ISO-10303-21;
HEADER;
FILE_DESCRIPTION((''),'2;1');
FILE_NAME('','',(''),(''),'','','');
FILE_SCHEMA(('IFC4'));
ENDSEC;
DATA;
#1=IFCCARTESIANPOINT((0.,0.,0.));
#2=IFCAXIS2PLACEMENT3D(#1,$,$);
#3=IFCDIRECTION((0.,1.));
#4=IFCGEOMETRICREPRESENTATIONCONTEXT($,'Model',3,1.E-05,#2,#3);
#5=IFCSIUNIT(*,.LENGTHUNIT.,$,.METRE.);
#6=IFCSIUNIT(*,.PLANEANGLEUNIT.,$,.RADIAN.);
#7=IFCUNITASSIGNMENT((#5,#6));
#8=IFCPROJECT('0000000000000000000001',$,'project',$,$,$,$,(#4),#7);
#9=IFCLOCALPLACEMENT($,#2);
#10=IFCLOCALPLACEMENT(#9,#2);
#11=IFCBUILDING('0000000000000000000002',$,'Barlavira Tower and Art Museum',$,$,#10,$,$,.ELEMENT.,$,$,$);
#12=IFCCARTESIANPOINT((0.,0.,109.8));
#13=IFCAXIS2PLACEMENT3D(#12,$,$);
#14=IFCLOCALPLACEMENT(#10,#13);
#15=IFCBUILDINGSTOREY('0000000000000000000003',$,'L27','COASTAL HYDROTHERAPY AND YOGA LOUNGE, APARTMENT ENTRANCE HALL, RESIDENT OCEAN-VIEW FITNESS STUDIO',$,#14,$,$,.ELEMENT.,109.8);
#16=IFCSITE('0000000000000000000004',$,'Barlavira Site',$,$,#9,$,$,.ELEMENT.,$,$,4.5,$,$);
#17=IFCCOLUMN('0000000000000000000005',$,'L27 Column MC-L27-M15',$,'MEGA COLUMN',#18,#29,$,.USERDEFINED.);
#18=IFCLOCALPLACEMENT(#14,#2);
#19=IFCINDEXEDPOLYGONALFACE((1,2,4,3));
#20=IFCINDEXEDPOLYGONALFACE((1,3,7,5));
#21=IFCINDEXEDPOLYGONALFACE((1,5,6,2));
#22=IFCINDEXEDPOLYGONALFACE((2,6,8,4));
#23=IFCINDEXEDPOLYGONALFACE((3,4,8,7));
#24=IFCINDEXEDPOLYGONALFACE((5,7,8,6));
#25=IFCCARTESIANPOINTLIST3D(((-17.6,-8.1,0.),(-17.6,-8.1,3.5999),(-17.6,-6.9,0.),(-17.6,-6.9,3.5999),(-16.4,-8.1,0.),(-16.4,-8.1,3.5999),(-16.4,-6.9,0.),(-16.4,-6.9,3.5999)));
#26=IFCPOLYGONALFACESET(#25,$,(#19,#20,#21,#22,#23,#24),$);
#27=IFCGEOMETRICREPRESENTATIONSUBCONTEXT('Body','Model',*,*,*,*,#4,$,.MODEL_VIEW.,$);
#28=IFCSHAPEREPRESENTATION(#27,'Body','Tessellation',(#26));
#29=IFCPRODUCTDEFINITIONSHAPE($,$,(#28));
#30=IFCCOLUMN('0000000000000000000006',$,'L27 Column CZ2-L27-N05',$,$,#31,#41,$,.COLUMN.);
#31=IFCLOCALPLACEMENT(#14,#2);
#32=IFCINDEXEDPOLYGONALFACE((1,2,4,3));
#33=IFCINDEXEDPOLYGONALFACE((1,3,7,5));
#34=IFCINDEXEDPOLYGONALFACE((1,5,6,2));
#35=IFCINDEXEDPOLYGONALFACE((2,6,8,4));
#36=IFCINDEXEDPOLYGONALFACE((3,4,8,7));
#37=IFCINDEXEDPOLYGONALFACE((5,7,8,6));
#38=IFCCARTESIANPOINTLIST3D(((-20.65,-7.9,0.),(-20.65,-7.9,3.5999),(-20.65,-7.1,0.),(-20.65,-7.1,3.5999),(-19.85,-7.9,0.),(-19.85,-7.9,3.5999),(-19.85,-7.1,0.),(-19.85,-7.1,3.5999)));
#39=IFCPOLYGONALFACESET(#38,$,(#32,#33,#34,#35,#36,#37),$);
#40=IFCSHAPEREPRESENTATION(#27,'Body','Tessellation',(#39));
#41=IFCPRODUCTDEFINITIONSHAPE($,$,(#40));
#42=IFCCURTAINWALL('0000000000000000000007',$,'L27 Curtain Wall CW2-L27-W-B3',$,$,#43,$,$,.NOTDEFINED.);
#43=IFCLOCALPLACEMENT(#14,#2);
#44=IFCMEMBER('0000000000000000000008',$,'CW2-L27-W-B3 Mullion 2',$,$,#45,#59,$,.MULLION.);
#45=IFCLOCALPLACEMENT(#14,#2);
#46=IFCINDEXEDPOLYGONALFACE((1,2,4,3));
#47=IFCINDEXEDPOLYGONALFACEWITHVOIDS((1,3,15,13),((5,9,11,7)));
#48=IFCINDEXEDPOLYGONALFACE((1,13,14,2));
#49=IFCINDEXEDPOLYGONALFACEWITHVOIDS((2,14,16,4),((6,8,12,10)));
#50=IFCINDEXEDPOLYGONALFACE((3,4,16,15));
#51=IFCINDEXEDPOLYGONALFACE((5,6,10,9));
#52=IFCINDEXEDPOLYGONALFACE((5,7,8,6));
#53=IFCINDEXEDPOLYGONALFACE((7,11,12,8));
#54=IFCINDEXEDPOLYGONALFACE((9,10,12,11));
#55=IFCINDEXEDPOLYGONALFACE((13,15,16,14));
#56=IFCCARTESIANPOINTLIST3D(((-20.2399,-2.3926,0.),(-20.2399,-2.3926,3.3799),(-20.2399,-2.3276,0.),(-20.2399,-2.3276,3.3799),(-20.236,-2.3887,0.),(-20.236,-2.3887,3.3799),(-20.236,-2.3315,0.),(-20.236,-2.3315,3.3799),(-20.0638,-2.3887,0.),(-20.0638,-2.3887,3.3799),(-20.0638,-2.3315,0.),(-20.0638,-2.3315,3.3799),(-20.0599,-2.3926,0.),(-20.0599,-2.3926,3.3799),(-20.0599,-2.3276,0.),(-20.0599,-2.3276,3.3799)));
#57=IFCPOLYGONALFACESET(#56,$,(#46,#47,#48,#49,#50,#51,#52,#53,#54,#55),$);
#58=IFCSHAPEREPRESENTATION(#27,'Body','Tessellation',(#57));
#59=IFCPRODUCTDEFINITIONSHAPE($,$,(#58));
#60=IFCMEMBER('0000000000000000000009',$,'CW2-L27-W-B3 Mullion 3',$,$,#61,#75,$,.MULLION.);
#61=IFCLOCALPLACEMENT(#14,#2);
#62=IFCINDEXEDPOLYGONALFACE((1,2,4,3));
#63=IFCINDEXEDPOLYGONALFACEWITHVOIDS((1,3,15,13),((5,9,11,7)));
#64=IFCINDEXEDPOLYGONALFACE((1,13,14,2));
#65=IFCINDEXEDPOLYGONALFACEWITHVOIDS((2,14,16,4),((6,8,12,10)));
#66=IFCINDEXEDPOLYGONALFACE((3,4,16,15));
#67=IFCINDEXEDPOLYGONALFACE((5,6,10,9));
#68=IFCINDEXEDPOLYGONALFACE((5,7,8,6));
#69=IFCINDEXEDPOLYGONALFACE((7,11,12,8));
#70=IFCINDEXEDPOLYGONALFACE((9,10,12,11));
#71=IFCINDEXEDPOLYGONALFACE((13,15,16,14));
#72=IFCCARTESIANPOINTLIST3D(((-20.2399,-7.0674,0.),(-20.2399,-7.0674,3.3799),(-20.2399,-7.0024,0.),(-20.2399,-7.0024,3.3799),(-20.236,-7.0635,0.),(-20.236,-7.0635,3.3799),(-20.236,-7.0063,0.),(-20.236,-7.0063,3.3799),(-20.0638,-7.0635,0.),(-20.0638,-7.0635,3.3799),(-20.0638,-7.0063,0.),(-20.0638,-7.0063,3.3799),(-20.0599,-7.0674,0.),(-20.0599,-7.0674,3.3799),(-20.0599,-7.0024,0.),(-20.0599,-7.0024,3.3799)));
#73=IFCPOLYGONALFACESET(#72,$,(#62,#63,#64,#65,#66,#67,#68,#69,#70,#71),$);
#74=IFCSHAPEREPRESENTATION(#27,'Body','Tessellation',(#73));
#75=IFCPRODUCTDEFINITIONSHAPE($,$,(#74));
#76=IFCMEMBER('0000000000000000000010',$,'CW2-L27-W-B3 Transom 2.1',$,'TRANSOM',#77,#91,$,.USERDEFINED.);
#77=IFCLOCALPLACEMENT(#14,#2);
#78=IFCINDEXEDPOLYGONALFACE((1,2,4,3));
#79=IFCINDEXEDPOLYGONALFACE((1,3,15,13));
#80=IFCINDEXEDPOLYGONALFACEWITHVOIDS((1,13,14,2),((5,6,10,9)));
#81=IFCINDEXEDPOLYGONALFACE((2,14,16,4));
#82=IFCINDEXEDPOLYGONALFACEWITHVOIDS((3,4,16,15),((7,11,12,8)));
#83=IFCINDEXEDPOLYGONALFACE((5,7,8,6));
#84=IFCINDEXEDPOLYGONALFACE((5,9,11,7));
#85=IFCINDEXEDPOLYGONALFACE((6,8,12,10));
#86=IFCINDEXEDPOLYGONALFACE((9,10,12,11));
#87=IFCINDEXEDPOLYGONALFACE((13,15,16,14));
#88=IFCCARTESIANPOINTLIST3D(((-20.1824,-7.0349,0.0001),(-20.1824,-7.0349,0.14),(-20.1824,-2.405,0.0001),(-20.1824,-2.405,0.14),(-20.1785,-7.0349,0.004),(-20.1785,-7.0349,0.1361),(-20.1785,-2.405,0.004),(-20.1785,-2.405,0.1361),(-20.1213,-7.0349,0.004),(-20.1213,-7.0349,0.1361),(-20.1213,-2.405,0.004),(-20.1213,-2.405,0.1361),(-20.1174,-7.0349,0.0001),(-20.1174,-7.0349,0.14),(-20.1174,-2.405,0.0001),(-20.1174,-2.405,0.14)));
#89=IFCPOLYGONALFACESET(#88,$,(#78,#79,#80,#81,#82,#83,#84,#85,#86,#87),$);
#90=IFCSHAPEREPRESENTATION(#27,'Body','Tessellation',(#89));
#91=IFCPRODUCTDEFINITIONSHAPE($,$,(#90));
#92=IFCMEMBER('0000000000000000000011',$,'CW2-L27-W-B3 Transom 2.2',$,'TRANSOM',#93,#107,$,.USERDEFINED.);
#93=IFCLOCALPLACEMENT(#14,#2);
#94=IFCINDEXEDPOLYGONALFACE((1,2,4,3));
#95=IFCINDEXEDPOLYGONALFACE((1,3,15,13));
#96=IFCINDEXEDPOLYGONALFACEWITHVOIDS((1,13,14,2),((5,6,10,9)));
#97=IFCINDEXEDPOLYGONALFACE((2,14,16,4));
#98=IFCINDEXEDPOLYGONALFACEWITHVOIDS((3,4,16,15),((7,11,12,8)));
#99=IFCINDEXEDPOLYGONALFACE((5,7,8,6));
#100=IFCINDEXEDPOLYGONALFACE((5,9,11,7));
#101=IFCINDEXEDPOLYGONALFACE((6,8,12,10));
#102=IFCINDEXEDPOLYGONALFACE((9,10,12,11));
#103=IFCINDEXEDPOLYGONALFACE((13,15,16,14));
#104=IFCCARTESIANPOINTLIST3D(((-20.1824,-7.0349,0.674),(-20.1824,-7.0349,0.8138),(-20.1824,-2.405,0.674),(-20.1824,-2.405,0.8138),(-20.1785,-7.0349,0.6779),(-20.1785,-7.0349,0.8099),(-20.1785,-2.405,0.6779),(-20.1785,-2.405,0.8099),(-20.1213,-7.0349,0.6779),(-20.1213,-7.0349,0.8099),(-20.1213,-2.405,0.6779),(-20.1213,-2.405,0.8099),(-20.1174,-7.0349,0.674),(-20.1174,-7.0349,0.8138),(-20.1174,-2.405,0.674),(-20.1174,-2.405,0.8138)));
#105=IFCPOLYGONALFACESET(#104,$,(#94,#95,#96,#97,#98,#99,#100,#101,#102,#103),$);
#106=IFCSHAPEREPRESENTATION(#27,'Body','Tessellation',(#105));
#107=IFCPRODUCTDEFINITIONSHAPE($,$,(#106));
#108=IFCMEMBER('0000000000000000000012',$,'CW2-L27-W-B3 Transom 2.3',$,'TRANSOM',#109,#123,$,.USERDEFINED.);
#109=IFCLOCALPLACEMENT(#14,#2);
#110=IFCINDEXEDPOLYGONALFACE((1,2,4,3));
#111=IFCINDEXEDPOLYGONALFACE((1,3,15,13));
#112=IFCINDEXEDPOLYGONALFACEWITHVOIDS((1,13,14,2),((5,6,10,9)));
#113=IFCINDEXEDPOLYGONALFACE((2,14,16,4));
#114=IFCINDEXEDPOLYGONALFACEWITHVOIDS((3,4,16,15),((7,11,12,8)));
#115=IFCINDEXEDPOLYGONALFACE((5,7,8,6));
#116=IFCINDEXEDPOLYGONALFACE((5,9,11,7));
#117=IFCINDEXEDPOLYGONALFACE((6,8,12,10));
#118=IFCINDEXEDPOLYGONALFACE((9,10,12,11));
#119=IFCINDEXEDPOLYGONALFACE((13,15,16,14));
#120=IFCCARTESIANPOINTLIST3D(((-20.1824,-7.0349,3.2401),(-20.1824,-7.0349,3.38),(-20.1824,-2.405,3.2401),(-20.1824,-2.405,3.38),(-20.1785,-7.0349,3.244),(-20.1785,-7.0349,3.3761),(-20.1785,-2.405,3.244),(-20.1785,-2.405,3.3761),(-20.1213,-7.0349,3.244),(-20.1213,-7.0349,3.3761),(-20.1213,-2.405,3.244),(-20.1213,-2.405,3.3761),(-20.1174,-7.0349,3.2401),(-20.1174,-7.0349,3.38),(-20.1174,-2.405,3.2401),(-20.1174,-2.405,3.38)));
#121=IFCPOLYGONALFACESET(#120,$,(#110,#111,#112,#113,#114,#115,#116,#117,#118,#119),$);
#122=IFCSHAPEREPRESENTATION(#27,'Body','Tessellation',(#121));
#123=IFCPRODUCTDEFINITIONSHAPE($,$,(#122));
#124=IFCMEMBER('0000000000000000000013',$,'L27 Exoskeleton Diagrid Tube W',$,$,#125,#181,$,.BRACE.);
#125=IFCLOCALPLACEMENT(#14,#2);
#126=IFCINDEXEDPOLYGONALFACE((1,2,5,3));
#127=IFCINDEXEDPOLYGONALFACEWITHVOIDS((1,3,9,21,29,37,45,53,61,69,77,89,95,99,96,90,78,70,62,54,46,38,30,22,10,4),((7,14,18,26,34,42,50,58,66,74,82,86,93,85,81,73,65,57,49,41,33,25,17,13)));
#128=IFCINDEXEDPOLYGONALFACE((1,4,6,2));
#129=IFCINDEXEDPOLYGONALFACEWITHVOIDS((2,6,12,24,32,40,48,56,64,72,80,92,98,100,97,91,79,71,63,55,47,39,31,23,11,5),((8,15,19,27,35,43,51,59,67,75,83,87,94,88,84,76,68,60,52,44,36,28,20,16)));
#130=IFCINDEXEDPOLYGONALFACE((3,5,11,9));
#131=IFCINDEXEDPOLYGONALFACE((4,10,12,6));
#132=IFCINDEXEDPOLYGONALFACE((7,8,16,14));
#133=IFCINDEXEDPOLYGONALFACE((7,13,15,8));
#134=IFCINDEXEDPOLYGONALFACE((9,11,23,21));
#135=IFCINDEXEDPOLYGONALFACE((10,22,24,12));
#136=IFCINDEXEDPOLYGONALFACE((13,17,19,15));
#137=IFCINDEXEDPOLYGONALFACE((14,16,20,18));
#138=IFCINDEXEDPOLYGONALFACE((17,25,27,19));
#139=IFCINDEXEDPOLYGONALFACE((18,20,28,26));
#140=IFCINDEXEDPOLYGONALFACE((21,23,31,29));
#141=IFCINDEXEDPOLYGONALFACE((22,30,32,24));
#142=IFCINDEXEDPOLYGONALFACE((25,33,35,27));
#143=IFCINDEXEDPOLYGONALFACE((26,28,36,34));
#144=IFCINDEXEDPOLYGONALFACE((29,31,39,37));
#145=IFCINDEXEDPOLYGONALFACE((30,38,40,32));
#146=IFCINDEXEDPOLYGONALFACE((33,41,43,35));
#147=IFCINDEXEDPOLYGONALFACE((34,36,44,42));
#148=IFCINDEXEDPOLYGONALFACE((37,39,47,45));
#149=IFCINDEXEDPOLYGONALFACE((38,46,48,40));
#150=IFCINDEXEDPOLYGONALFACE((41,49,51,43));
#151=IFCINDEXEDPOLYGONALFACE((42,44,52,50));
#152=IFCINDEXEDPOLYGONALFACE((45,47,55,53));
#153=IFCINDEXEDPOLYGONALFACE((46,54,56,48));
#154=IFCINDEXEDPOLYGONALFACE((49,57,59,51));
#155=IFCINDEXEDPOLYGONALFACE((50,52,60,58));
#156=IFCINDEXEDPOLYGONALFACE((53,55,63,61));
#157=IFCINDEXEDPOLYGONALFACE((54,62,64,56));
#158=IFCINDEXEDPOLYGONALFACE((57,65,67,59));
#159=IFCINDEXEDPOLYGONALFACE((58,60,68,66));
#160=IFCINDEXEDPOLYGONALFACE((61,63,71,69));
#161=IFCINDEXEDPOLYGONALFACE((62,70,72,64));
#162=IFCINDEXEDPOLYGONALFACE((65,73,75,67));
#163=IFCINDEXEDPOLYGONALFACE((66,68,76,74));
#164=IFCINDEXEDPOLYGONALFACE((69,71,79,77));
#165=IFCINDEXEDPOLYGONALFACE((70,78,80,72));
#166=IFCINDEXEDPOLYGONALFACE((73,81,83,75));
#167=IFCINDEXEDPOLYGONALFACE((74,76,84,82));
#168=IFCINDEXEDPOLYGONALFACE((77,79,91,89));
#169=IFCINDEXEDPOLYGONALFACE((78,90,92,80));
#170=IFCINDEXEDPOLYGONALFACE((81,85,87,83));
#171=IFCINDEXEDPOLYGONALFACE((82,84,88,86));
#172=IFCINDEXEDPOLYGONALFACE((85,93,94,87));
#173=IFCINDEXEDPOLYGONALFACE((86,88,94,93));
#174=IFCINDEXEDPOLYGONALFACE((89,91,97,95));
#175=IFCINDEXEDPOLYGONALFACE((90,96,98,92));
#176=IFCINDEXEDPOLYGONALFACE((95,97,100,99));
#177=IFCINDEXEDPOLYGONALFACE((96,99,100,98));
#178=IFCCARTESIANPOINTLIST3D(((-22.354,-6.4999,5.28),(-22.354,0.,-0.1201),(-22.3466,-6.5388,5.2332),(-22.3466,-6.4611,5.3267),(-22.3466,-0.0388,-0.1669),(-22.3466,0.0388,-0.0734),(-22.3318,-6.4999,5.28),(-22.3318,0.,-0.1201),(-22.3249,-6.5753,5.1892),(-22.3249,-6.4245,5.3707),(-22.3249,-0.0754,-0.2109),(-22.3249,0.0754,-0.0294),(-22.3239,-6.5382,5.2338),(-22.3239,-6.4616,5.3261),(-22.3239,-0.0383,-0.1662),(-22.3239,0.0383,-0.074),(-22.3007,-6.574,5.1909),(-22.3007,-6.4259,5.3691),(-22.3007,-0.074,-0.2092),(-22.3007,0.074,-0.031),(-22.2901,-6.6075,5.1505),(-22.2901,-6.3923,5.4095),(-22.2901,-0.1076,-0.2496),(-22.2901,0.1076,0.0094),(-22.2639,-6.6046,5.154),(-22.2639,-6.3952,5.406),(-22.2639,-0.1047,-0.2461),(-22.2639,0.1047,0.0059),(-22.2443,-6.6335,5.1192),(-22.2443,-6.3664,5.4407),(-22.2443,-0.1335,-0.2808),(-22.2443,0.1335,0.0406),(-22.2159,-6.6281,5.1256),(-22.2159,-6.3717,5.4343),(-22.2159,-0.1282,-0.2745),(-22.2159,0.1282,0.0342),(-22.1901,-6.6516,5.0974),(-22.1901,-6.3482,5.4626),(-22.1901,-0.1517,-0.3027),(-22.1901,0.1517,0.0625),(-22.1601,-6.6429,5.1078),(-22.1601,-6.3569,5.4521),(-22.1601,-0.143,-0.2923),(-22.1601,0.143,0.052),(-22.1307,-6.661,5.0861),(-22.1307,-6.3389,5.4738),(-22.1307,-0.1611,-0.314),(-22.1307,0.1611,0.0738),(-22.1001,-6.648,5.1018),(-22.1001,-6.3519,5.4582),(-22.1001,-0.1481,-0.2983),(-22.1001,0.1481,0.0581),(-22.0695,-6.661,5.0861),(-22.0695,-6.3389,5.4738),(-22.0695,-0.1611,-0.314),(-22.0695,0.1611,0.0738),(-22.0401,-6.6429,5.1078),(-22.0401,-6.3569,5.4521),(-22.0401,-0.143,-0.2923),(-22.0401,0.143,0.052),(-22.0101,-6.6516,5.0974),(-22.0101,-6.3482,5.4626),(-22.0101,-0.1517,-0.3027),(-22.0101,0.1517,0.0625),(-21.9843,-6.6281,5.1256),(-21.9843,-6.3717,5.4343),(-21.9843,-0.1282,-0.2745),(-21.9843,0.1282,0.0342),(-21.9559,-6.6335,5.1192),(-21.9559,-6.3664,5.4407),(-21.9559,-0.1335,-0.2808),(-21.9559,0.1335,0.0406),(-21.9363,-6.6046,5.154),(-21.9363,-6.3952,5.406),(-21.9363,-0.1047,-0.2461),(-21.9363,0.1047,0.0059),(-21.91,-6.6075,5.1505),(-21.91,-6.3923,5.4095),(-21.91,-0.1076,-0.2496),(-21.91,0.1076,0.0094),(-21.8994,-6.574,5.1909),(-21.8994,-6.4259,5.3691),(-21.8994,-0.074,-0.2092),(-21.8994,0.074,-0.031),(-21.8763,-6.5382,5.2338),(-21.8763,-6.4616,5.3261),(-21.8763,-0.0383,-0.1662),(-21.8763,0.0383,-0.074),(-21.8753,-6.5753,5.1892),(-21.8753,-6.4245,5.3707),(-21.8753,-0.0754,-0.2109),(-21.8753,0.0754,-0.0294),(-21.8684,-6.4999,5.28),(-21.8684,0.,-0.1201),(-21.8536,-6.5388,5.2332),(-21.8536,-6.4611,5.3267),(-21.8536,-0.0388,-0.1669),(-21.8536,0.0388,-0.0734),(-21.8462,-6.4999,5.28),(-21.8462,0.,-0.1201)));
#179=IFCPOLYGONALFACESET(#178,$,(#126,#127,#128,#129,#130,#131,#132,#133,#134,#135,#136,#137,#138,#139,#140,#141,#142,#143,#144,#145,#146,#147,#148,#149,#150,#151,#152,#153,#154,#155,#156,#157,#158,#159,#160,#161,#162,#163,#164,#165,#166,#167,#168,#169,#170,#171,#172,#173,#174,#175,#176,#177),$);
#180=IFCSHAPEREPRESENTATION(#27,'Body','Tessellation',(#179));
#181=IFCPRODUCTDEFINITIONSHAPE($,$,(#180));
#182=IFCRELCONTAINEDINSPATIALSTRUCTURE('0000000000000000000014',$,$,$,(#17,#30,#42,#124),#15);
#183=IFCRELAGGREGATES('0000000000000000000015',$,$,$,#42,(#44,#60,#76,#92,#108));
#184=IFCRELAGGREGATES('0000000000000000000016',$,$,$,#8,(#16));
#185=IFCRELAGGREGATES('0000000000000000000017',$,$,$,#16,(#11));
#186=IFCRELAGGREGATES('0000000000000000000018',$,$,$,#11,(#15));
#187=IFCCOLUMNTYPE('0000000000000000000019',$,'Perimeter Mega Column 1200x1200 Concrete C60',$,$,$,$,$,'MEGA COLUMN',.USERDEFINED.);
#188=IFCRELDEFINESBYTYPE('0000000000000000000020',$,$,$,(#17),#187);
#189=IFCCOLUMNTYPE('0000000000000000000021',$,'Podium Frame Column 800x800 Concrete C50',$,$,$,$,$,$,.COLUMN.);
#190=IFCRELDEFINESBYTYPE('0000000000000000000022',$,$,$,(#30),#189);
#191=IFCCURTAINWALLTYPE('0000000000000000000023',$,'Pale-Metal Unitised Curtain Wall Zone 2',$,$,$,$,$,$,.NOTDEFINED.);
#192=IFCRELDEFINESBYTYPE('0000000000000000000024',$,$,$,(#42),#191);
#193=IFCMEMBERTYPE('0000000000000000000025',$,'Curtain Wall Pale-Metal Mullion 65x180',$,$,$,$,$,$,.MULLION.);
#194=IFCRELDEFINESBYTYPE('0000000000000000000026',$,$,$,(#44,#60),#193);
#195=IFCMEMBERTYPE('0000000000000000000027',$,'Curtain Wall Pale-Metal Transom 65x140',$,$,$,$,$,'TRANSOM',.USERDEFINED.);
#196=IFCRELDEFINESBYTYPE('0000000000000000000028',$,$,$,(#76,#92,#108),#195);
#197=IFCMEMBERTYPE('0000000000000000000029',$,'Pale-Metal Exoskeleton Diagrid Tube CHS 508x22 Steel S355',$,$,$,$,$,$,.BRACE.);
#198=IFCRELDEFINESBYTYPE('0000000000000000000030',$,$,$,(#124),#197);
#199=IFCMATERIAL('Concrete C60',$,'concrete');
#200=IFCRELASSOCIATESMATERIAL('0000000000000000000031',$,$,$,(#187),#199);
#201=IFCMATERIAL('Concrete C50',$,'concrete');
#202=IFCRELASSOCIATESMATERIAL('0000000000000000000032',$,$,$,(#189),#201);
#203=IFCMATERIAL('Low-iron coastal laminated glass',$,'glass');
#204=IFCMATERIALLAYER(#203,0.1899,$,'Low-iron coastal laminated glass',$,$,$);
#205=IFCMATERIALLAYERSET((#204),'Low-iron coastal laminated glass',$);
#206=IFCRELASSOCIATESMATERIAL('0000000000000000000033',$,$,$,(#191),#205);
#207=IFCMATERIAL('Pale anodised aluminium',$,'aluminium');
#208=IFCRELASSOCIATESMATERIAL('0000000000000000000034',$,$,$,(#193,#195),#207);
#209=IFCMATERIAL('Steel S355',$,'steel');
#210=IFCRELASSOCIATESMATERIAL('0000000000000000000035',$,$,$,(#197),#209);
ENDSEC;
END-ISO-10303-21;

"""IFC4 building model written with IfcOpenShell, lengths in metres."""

from ifc_helpers import new_model, si_unit, direction, frame, origin, origin_2d, place, context, subcontext, project, spatial, rectangle, hollow_rectangle, hollow_circle, extrude, material, layer, layer_set, material_profile, profile_set, type_object, element, aggregate, save


model = new_model("IFC4")

# Units and contexts
model_context = context("Model", 3, precision=1e-05, world=origin(), true_north=direction((0.0, 1.0)))
body_context = subcontext(model_context, "Body", "Model", "MODEL_VIEW")
ifc_project = project(units=[si_unit("LENGTHUNIT", "METRE"), si_unit("PLANEANGLEUNIT", "RADIAN")], contexts=[model_context])

# Site, building, storey
site_placement = place(None, origin())
site = spatial("IfcSite", under=ifc_project, at=site_placement, Name="Barlavira Site", CompositionType="ELEMENT", RefElevation=4.5)
building_placement = place(site_placement, origin())
building = spatial("IfcBuilding", under=site, at=building_placement, Name="Barlavira Tower and Art Museum", CompositionType="ELEMENT")
storey_placement = place(building_placement, frame((0.0, 0.0, 109.8)))
storey = spatial("IfcBuildingStorey", under=building, at=storey_placement, Name="L27", Description="COASTAL HYDROTHERAPY AND YOGA LOUNGE, APARTMENT ENTRANCE HALL, RESIDENT OCEAN-VIEW FITNESS STUDIO", CompositionType="ELEMENT", Elevation=109.8)

# Columns
ifc_material_1 = material(Name="Concrete C60", Category="concrete")
ifc_material_profile_1 = material_profile(ifc_material_1, rectangle(XDim=1.2, YDim=1.2, at=origin_2d()), Name="RC-COL 1200x1200")
ifc_profile_set_1 = profile_set([ifc_material_profile_1], Name="Concrete C60")
column_type_1 = type_object("IfcColumnType", Name="Perimeter Mega Column 1200x1200 Concrete C60", ElementType="MEGA COLUMN", PredefinedType="USERDEFINED", material=ifc_profile_set_1)
column_1_placement = place(storey_placement, frame((-17.0, -7.5, 0.0), z_axis=(0.0, 0.0, 1.0), x_axis=(1.0, 0.0, 0.0)))
element("IfcColumn", 1, at=column_1_placement, inside=storey, type_object=column_type_1, Name="L27 Column MC-L27-M15", ObjectType="MEGA COLUMN", PredefinedType="USERDEFINED", context=body_context, shape_type="SweptSolid", body=[
    extrude(rectangle(XDim=1.2, YDim=1.2, at=origin_2d()), origin(), (0.0, 0.0, 1.0), 3.5999),
])
ifc_material_2 = material(Name="Concrete C50", Category="concrete")
ifc_material_profile_2 = material_profile(ifc_material_2, rectangle(XDim=0.8, YDim=0.8, at=origin_2d()), Name="RC-COL 800x800")
ifc_profile_set_2 = profile_set([ifc_material_profile_2], Name="Concrete C50")
column_type_2 = type_object("IfcColumnType", Name="Podium Frame Column 800x800 Concrete C50", PredefinedType="COLUMN", material=ifc_profile_set_2)
column_2_placement = place(storey_placement, frame((-20.25, -7.5, 0.0), z_axis=(0.0, 0.0, 1.0), x_axis=(1.0, 0.0, 0.0)))
element("IfcColumn", 2, at=column_2_placement, inside=storey, type_object=column_type_2, Name="L27 Column CZ2-L27-N05", PredefinedType="COLUMN", context=body_context, shape_type="SweptSolid", body=[
    extrude(rectangle(XDim=0.8, YDim=0.8, at=origin_2d()), origin(), (0.0, 0.0, 1.0), 3.5999),
])

# Curtain wall, members
ifc_material_3 = material(Name="Low-iron coastal laminated glass", Category="glass")
ifc_layer_1 = layer(ifc_material_3, 0.1899, Name="Low-iron coastal laminated glass")
ifc_layer_set_1 = layer_set([ifc_layer_1], Name="Low-iron coastal laminated glass")
curtain_wall_type = type_object("IfcCurtainWallType", Name="Pale-Metal Unitised Curtain Wall Zone 2", PredefinedType="NOTDEFINED", material=ifc_layer_set_1)
curtain_wall_placement = place(storey_placement, origin())
curtain_wall = element("IfcCurtainWall", 3, at=curtain_wall_placement, inside=storey, type_object=curtain_wall_type, Name="L27 Curtain Wall CW2-L27-W-B3", PredefinedType="NOTDEFINED")
ifc_material_4 = material(Name="Pale anodised aluminium", Category="aluminium")
ifc_material_profile_3 = material_profile(ifc_material_4, hollow_rectangle(XDim=0.0649, YDim=0.1799, WallThickness=0.0039, at=origin_2d()), Name="ALU-MULL 65x180x4")
ifc_profile_set_3 = profile_set([ifc_material_profile_3], Name="Pale anodised aluminium")
member_type_1 = type_object("IfcMemberType", Name="Curtain Wall Pale-Metal Mullion 65x180", PredefinedType="MULLION", material=ifc_profile_set_3)
member_1_placement = place(storey_placement, frame((-20.1499, -2.3601, 0.0), z_axis=(0.0, 0.0, 1.0), x_axis=(0.0, -1.0, 0.0)))
member_1 = element("IfcMember", 4, at=member_1_placement, type_object=member_type_1, Name="CW2-L27-W-B3 Mullion 2", PredefinedType="MULLION", context=body_context, shape_type="SweptSolid", body=[
    extrude(hollow_rectangle(XDim=0.0649, YDim=0.1799, WallThickness=0.0039, at=origin_2d()), origin(), (0.0, 0.0, 1.0), 3.3799),
])
member_2_placement = place(storey_placement, frame((-20.1499, -7.0349, 0.0), z_axis=(0.0, 0.0, 1.0), x_axis=(0.0, -1.0, 0.0)))
member_2 = element("IfcMember", 5, at=member_2_placement, type_object=member_type_1, Name="CW2-L27-W-B3 Mullion 3", PredefinedType="MULLION", context=body_context, shape_type="SweptSolid", body=[
    extrude(hollow_rectangle(XDim=0.0649, YDim=0.1799, WallThickness=0.0039, at=origin_2d()), origin(), (0.0, 0.0, 1.0), 3.3799),
])
ifc_material_profile_4 = material_profile(ifc_material_4, hollow_rectangle(XDim=0.0649, YDim=0.1399, WallThickness=0.0039, at=origin_2d()), Name="ALU-TRAN 65x140x4")
ifc_profile_set_4 = profile_set([ifc_material_profile_4], Name="Pale anodised aluminium")
member_type_2 = type_object("IfcMemberType", Name="Curtain Wall Pale-Metal Transom 65x140", ElementType="TRANSOM", PredefinedType="USERDEFINED", material=ifc_profile_set_4)
member_3_placement = place(storey_placement, frame((-20.1499, -2.405, 0.0701), z_axis=(0.0, -1.0, 0.0), x_axis=(1.0, 0.0, 0.0)))
member_3 = element("IfcMember", 6, at=member_3_placement, type_object=member_type_2, Name="CW2-L27-W-B3 Transom 2.1", ObjectType="TRANSOM", PredefinedType="USERDEFINED", context=body_context, shape_type="SweptSolid", body=[
    extrude(hollow_rectangle(XDim=0.0649, YDim=0.1399, WallThickness=0.0039, at=origin_2d()), origin(), (0.0, 0.0, 1.0), 4.6299),
])
member_4_placement = place(storey_placement, frame((-20.1499, -2.405, 0.7439), z_axis=(0.0, -1.0, 0.0), x_axis=(1.0, 0.0, 0.0)))
member_4 = element("IfcMember", 7, at=member_4_placement, type_object=member_type_2, Name="CW2-L27-W-B3 Transom 2.2", ObjectType="TRANSOM", PredefinedType="USERDEFINED", context=body_context, shape_type="SweptSolid", body=[
    extrude(hollow_rectangle(XDim=0.0649, YDim=0.1399, WallThickness=0.0039, at=origin_2d()), origin(), (0.0, 0.0, 1.0), 4.6299),
])
member_5_placement = place(storey_placement, frame((-20.1499, -2.405, 3.3101), z_axis=(0.0, -1.0, 0.0), x_axis=(1.0, 0.0, 0.0)))
member_5 = element("IfcMember", 8, at=member_5_placement, type_object=member_type_2, Name="CW2-L27-W-B3 Transom 2.3", ObjectType="TRANSOM", PredefinedType="USERDEFINED", context=body_context, shape_type="SweptSolid", body=[
    extrude(hollow_rectangle(XDim=0.0649, YDim=0.1399, WallThickness=0.0039, at=origin_2d()), origin(), (0.0, 0.0, 1.0), 4.6299),
])

# Member
ifc_material_5 = material(Name="Steel S355", Category="steel")
ifc_material_profile_5 = material_profile(ifc_material_5, hollow_circle(Radius=0.2539, WallThickness=0.0222, at=origin_2d()), Name="CHS 508.0x22.2")
ifc_profile_set_5 = profile_set([ifc_material_profile_5], Name="Steel S355")
member_type_3 = type_object("IfcMemberType", Name="Pale-Metal Exoskeleton Diagrid Tube CHS 508x22 Steel S355", PredefinedType="BRACE", material=ifc_profile_set_5)
for number, where, z_axis, x_axis, name in (
    (9, (-22.1001, 0.0, -0.1201), (0.0, -0.769182, 0.63903), (1.0, 0.0, 0.0), "L27 Exoskeleton Diagrid Tube W"),
):
    element("IfcMember", number, at=place(storey_placement, frame(where, z_axis=z_axis, x_axis=x_axis)), inside=storey, type_object=member_type_3, Name=name, PredefinedType="BRACE", context=body_context, shape_type="SweptSolid", body=[
        extrude(hollow_circle(Radius=0.2539, WallThickness=0.0222, at=origin_2d()), origin(), (0.0, 0.0, 1.0), 8.4504),
    ])

aggregate(curtain_wall, [member_1, member_2, member_3, member_4, member_5])

save(model, "model.ifc")
